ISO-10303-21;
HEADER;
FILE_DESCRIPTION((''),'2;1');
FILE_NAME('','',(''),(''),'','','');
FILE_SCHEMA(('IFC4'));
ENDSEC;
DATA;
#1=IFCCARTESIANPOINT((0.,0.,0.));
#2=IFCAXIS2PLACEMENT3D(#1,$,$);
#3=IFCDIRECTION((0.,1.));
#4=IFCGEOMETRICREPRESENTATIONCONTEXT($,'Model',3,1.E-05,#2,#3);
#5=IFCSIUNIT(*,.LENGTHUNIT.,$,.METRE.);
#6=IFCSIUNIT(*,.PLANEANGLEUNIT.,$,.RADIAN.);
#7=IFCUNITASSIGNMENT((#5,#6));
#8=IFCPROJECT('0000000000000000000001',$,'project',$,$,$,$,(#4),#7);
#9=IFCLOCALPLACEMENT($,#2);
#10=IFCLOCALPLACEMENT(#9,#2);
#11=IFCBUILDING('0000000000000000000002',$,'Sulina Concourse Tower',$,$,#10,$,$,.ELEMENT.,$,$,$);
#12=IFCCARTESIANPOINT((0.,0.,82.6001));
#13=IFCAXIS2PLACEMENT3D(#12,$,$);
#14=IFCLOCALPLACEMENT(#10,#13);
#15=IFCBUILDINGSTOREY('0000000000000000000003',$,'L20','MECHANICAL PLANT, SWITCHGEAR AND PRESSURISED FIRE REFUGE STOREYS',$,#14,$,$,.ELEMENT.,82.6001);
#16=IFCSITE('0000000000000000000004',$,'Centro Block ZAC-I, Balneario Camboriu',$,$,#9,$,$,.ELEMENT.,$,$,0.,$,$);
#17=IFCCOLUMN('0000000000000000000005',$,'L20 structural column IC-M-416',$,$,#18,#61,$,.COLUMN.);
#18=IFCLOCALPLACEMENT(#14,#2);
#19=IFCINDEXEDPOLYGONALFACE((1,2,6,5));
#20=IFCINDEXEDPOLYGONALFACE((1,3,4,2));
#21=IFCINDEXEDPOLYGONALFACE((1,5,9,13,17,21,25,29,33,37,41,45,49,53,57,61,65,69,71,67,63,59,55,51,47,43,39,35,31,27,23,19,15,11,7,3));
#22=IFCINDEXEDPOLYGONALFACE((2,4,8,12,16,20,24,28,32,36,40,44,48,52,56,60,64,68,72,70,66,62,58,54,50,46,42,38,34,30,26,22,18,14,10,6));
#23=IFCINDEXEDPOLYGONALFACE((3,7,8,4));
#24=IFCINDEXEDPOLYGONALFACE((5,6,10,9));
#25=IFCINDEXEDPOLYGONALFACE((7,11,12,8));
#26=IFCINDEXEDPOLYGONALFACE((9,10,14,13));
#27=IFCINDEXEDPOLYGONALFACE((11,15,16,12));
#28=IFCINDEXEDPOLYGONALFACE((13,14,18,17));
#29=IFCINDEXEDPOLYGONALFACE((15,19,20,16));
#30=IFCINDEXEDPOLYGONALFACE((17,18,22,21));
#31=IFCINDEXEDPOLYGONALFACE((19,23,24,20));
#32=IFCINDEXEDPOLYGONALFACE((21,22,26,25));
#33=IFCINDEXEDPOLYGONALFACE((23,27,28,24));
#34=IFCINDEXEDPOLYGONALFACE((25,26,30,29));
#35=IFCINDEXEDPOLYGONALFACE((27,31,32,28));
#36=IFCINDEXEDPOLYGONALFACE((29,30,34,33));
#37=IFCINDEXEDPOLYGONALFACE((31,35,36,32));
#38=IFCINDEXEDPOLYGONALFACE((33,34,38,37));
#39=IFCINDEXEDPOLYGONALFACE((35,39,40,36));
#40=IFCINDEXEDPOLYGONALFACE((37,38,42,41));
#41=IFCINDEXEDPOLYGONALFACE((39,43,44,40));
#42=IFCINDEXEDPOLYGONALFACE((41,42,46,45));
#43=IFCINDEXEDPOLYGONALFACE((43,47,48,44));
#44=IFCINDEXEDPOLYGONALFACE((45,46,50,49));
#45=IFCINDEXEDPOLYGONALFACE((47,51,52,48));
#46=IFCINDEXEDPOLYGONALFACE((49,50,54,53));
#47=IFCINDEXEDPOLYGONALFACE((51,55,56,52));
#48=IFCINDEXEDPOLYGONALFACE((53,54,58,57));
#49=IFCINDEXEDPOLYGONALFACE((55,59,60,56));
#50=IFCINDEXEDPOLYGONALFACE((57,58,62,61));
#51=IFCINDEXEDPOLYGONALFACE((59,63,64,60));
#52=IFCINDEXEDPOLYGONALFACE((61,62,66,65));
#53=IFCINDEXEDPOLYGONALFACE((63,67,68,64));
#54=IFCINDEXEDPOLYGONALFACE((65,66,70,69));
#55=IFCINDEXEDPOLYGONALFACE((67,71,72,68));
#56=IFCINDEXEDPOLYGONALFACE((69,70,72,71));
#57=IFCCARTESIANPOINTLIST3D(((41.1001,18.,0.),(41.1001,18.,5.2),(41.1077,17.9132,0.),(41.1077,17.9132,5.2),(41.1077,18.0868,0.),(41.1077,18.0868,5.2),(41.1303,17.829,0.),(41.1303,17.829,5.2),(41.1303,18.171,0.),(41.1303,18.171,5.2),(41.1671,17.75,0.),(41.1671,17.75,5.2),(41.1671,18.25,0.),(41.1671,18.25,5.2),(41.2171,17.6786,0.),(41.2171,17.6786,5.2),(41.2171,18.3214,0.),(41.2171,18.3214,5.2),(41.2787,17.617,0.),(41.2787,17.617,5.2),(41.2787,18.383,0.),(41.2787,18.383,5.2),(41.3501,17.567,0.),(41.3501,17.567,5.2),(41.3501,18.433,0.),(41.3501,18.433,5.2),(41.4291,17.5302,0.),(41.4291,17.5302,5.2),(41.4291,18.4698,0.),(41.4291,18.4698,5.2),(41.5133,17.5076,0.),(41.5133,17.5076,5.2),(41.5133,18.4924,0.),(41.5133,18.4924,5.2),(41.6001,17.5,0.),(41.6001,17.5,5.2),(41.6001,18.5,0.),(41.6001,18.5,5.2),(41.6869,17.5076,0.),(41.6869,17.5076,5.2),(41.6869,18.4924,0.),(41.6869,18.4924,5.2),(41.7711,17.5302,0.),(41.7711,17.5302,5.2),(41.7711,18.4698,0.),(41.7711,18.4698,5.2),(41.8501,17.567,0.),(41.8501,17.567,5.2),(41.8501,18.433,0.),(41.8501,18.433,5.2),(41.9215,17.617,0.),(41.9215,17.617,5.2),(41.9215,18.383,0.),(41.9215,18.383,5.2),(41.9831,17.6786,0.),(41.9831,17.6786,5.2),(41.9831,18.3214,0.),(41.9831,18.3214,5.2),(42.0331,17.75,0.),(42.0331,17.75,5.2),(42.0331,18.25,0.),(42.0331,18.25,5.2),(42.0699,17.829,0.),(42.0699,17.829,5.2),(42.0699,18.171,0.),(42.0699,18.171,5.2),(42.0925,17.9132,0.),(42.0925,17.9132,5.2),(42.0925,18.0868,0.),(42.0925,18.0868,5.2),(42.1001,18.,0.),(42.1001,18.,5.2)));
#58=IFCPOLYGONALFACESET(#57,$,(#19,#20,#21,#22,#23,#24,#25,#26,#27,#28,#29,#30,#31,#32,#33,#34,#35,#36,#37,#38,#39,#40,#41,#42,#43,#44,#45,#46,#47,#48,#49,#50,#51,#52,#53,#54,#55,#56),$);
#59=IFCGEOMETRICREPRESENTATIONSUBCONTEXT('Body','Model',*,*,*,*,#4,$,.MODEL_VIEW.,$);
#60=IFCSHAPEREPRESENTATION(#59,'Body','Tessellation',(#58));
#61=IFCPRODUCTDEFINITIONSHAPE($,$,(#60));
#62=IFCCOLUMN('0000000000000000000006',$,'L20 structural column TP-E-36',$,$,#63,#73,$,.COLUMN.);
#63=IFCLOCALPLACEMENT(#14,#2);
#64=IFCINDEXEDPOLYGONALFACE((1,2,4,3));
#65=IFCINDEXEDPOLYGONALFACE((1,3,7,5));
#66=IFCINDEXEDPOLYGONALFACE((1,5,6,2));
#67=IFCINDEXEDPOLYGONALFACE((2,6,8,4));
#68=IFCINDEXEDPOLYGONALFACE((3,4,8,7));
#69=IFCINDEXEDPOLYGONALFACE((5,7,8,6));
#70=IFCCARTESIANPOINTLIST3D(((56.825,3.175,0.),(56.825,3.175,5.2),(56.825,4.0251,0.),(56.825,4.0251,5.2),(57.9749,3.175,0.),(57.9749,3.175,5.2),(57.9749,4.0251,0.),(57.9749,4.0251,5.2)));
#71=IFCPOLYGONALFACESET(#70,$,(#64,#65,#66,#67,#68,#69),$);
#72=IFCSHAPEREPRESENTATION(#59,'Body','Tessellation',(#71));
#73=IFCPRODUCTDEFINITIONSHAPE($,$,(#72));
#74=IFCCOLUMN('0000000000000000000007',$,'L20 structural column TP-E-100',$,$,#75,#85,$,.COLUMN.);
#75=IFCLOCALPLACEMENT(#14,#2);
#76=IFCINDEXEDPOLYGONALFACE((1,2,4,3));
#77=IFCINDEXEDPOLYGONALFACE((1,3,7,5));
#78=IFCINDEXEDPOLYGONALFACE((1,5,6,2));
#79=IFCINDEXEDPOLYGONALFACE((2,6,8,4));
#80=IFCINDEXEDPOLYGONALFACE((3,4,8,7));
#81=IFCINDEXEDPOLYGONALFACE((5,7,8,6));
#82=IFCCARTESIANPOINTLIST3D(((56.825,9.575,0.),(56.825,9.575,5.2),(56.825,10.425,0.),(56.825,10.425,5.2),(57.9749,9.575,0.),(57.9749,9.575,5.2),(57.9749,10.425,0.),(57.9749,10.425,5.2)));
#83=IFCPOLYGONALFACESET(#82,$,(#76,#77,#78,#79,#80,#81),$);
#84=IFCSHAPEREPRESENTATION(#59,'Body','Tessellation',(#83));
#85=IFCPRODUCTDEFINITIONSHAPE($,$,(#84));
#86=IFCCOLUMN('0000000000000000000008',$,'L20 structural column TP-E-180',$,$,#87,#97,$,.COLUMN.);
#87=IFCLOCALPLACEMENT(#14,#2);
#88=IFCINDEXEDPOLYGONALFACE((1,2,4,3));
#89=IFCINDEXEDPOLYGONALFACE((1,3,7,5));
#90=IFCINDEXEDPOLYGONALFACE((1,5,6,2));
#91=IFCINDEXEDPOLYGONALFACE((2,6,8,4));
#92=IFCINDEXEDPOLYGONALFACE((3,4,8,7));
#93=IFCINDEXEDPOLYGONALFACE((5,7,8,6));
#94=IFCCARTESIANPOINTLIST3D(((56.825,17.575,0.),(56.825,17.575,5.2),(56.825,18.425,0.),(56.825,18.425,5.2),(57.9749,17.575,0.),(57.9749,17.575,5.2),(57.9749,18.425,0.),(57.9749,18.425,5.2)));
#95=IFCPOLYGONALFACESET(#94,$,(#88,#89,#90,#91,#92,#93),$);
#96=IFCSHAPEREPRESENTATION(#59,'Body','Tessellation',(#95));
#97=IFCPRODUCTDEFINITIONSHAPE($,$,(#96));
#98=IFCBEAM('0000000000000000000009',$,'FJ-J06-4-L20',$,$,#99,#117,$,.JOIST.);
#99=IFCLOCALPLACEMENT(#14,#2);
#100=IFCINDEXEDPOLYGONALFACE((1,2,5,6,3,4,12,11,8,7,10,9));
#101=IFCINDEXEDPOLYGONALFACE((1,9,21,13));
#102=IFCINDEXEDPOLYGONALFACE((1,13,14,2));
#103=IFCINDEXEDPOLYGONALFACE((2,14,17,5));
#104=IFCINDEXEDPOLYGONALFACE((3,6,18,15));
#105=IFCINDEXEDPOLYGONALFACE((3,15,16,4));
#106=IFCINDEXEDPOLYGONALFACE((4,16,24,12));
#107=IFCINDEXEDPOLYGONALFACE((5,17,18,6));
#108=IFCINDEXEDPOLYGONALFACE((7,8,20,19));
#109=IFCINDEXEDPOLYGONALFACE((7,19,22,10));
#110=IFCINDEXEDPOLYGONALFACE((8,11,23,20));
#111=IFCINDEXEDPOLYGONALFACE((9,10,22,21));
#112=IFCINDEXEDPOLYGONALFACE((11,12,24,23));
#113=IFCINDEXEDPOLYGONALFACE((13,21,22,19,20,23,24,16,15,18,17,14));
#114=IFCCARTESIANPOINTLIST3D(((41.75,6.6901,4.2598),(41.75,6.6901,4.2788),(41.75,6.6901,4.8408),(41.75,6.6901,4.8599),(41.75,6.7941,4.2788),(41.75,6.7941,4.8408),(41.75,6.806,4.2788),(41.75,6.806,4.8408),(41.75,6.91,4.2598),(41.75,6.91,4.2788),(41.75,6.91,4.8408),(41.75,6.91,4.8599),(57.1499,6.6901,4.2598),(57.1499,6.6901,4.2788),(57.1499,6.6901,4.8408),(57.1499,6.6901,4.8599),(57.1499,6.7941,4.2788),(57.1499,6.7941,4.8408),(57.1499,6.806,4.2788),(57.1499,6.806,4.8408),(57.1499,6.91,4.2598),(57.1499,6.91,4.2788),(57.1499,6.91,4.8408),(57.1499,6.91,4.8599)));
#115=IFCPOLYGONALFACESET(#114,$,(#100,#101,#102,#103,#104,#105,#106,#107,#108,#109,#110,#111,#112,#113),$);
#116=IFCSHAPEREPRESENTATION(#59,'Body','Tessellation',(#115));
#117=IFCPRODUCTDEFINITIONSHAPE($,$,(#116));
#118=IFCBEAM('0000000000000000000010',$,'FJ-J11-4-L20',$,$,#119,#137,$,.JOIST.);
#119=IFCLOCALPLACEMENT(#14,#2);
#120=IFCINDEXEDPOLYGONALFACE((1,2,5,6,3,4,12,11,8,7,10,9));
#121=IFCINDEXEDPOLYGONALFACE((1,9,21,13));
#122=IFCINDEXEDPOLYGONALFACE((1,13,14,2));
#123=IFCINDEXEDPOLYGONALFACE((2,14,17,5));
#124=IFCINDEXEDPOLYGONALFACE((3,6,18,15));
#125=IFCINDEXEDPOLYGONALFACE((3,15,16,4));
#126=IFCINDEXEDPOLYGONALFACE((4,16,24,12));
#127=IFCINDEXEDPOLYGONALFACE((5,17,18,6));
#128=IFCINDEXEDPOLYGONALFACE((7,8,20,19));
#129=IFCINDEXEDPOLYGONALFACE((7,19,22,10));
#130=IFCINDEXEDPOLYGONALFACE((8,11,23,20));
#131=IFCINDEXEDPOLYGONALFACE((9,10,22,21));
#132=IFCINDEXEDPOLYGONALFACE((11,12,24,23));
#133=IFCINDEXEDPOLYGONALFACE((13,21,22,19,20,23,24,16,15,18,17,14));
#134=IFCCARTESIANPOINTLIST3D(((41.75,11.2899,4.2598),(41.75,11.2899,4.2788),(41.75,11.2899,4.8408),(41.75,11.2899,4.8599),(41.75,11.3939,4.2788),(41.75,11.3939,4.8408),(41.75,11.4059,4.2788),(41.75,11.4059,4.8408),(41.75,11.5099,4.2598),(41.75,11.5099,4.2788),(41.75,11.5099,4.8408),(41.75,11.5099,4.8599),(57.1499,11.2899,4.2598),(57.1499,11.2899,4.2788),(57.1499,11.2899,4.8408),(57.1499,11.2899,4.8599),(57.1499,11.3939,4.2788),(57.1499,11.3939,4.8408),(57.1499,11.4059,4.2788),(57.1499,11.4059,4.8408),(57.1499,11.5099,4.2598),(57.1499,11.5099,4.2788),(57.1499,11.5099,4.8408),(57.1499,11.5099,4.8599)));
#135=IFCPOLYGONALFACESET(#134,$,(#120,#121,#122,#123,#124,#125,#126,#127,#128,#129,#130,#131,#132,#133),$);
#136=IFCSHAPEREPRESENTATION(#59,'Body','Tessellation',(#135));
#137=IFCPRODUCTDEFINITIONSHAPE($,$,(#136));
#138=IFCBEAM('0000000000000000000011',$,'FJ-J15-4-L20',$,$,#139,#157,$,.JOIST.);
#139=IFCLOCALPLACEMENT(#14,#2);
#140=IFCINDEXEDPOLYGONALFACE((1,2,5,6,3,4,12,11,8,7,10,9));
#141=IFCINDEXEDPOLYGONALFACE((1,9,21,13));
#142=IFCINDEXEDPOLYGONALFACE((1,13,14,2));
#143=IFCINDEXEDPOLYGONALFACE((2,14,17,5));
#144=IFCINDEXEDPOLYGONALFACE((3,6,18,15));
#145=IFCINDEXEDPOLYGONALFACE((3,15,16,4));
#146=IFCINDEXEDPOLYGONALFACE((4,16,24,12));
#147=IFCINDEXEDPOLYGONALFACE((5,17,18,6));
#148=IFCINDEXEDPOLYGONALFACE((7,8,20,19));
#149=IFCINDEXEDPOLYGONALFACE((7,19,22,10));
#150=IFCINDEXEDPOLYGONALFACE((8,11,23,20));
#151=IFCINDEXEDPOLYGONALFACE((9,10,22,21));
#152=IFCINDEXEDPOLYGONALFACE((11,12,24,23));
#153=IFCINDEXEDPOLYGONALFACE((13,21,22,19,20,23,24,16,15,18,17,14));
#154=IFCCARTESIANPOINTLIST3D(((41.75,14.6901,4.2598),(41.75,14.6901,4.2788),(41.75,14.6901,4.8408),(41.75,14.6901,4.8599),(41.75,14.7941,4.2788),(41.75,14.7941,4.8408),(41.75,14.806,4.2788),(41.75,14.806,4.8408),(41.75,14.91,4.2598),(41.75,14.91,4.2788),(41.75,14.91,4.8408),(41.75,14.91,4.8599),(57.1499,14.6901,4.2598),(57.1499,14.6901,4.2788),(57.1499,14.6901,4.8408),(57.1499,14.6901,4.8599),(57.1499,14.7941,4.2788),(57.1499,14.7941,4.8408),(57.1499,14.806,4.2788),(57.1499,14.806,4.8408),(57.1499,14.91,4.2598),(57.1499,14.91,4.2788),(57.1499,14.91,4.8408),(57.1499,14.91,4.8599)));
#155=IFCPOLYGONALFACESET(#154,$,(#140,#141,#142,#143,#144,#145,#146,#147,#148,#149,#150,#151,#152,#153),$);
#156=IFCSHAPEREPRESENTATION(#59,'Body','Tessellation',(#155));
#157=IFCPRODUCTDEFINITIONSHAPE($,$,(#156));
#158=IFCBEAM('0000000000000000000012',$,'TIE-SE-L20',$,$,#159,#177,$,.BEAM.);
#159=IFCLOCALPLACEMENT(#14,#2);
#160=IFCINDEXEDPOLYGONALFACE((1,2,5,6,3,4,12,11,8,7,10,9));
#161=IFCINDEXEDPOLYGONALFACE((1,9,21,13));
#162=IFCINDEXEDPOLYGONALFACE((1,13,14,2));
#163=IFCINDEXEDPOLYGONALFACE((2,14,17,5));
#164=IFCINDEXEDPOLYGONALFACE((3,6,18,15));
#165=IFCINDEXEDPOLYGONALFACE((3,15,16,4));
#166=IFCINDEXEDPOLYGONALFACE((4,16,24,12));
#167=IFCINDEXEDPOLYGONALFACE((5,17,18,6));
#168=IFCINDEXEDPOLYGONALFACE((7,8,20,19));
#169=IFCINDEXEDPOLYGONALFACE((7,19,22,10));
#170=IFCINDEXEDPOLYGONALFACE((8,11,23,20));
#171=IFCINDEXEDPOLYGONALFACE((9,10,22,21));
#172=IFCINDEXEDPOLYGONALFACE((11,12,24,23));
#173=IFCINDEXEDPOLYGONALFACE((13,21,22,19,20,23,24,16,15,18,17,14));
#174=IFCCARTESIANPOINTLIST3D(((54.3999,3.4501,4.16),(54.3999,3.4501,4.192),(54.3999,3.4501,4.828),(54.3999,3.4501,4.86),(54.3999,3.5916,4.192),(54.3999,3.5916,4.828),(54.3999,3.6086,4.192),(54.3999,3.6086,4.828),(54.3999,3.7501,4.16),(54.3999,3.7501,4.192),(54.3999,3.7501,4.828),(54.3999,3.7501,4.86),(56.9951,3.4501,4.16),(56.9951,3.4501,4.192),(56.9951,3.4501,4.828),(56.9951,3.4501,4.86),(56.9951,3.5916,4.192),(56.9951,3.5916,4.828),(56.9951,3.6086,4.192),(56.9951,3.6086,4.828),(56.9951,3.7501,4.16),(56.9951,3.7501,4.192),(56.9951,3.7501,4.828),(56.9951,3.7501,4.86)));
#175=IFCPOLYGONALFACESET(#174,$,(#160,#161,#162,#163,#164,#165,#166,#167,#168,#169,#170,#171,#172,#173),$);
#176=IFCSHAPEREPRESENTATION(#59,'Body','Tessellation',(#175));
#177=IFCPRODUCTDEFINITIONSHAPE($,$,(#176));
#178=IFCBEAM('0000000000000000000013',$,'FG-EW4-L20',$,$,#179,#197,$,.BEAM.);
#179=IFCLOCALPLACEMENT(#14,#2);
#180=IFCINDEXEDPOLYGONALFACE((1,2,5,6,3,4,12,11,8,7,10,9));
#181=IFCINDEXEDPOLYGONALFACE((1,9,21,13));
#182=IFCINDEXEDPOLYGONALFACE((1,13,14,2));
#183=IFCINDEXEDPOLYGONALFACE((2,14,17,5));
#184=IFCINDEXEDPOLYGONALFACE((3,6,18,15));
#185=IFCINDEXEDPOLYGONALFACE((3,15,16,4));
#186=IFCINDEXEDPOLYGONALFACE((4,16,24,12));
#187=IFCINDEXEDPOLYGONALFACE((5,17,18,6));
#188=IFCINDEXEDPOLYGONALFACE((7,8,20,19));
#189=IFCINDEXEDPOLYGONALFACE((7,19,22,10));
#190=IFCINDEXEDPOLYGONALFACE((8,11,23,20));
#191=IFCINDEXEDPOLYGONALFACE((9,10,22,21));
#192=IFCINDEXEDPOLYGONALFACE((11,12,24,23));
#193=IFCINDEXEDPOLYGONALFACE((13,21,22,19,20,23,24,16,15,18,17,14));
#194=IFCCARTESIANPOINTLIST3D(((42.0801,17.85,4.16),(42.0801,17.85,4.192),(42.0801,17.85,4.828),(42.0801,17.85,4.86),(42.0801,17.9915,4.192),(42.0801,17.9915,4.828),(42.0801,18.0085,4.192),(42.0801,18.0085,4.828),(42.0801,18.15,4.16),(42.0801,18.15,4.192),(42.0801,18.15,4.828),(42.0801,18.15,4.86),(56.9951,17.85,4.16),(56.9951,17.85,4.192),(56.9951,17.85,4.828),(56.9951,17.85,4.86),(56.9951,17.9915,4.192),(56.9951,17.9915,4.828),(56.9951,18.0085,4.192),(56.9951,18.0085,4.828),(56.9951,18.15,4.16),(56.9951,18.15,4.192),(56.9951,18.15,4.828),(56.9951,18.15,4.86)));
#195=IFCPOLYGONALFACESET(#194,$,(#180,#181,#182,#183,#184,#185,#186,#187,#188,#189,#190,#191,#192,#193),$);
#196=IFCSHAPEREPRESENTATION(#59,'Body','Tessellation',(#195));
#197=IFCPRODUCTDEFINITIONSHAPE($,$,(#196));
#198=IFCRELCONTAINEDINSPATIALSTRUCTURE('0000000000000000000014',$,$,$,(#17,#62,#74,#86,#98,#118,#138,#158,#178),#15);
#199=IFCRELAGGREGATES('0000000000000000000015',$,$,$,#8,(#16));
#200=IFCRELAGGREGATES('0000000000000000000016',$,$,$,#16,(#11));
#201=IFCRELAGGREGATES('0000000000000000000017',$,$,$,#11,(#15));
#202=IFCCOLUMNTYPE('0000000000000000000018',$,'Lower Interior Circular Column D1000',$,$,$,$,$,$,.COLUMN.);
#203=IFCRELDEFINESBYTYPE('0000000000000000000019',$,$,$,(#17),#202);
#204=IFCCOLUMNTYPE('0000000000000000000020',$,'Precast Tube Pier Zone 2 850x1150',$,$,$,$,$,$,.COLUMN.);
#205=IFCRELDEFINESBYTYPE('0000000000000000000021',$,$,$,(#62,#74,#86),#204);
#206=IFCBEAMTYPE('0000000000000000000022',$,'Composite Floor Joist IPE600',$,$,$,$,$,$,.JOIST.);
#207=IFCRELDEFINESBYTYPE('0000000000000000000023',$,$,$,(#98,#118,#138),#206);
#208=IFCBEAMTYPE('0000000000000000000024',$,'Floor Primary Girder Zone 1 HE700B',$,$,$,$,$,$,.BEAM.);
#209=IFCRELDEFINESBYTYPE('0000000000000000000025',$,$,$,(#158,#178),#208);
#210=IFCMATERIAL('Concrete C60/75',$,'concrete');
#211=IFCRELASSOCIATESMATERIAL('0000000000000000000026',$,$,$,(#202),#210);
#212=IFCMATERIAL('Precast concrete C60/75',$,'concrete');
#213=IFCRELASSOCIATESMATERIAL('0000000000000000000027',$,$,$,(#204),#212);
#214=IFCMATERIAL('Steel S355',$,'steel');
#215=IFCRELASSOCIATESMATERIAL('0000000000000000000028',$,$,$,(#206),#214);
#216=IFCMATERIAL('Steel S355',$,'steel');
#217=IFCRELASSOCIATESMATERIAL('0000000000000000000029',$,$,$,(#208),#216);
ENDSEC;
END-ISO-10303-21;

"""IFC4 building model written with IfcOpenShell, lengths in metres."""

from ifc_helpers import new_model, si_unit, direction, frame, origin, origin_2d, place, context, subcontext, project, spatial, rectangle, circle, i_section, extrude, material, material_profile, profile_set, type_object, element, save


model = new_model("IFC4")

# Units and contexts
model_context = context("Model", 3, precision=1e-05, world=origin(), true_north=direction((0.0, 1.0)))
body_context = subcontext(model_context, "Body", "Model", "MODEL_VIEW")
ifc_project = project(units=[si_unit("LENGTHUNIT", "METRE"), si_unit("PLANEANGLEUNIT", "RADIAN")], contexts=[model_context])

# Site, building, storey
site_placement = place(None, origin())
site = spatial("IfcSite", under=ifc_project, at=site_placement, Name="Centro Block ZAC-I, Balneario Camboriu", CompositionType="ELEMENT", RefElevation=0.0)
building_placement = place(site_placement, origin())
building = spatial("IfcBuilding", under=site, at=building_placement, Name="Sulina Concourse Tower", CompositionType="ELEMENT")
storey_placement = place(building_placement, frame((0.0, 0.0, 82.6001)))
storey = spatial("IfcBuildingStorey", under=building, at=storey_placement, Name="L20", Description="MECHANICAL PLANT, SWITCHGEAR AND PRESSURISED FIRE REFUGE STOREYS", CompositionType="ELEMENT", Elevation=82.6001)

# Columns
ifc_material_1 = material(Name="Concrete C60/75", Category="concrete")
ifc_material_profile_1 = material_profile(ifc_material_1, circle(Radius=0.5, at=origin_2d()), Name="RC D1000")
ifc_profile_set_1 = profile_set([ifc_material_profile_1], Name="Concrete C60/75")
column_type_1 = type_object("IfcColumnType", Name="Lower Interior Circular Column D1000", PredefinedType="COLUMN", material=ifc_profile_set_1)
column_placement = place(storey_placement, frame((41.6001, 18.0, 0.0), z_axis=(0.0, 0.0, 1.0), x_axis=(1.0, 0.0, 0.0)))
element("IfcColumn", 1, at=column_placement, inside=storey, type_object=column_type_1, Name="L20 structural column IC-M-416", PredefinedType="COLUMN", context=body_context, shape_type="SweptSolid", body=[
    extrude(circle(Radius=0.5, at=origin_2d()), origin(), (0.0, 0.0, 1.0), 5.2),
])
ifc_material_2 = material(Name="Precast concrete C60/75", Category="concrete")
ifc_material_profile_2 = material_profile(ifc_material_2, rectangle(XDim=0.8501, YDim=1.1499, at=origin_2d()), Name="PC 850x1150")
ifc_profile_set_2 = profile_set([ifc_material_profile_2], Name="Precast concrete C60/75")
column_type_2 = type_object("IfcColumnType", Name="Precast Tube Pier Zone 2 850x1150", PredefinedType="COLUMN", material=ifc_profile_set_2)
for number, where, z_axis, x_axis, name in (
    (2, (57.3999, 3.6001, 0.0), (0.0, 0.0, 1.0), (0.0, 1.0, 0.0), "L20 structural column TP-E-36"),
    (3, (57.3999, 10.0, 0.0), (0.0, 0.0, 1.0), (0.0, 1.0, 0.0), "L20 structural column TP-E-100"),
    (4, (57.3999, 18.0, 0.0), (0.0, 0.0, 1.0), (0.0, 1.0, 0.0), "L20 structural column TP-E-180"),
):
    element("IfcColumn", number, at=place(storey_placement, frame(where, z_axis=z_axis, x_axis=x_axis)), inside=storey, type_object=column_type_2, Name=name, PredefinedType="COLUMN", context=body_context, shape_type="SweptSolid", body=[
        extrude(rectangle(XDim=0.8501, YDim=1.1499, at=origin_2d()), origin(), (0.0, 0.0, 1.0), 5.2),
    ])

# Beams
ifc_material_3 = material(Name="Steel S355", Category="steel")
ifc_material_profile_3 = material_profile(ifc_material_3, i_section(OverallWidth=0.22, OverallDepth=0.6001, WebThickness=0.012, FlangeThickness=0.019, at=origin_2d()), Name="IPE 600")
ifc_profile_set_3 = profile_set([ifc_material_profile_3], Name="Steel S355")
beam_type_1 = type_object("IfcBeamType", Name="Composite Floor Joist IPE600", PredefinedType="JOIST", material=ifc_profile_set_3)
for number, where, z_axis, x_axis, name in (
    (5, (41.75, 6.8, 4.5598), (1.0, 0.0, 0.0), (0.0, 1.0, 0.0), "FJ-J06-4-L20"),
    (6, (41.75, 11.3999, 4.5598), (1.0, 0.0, 0.0), (0.0, 1.0, 0.0), "FJ-J11-4-L20"),
    (7, (41.75, 14.8, 4.5598), (1.0, 0.0, 0.0), (0.0, 1.0, 0.0), "FJ-J15-4-L20"),
):
    element("IfcBeam", number, at=place(storey_placement, frame(where, z_axis=z_axis, x_axis=x_axis)), inside=storey, type_object=beam_type_1, Name=name, PredefinedType="JOIST", context=body_context, shape_type="SweptSolid", body=[
        extrude(i_section(OverallWidth=0.22, OverallDepth=0.6001, WebThickness=0.012, FlangeThickness=0.019, at=origin_2d()), origin(), (0.0, 0.0, 1.0), 15.3999),
    ])
ifc_material_4 = material(Name="Steel S355", Category="steel")
ifc_material_profile_4 = material_profile(ifc_material_4, i_section(OverallWidth=0.3, OverallDepth=0.7, WebThickness=0.0171, FlangeThickness=0.032, at=origin_2d()), Name="HE 700 B")
ifc_profile_set_4 = profile_set([ifc_material_profile_4], Name="Steel S355")
beam_type_2 = type_object("IfcBeamType", Name="Floor Primary Girder Zone 1 HE700B", PredefinedType="BEAM", material=ifc_profile_set_4)
beam_1_placement = place(storey_placement, frame((54.3999, 3.6001, 4.51), z_axis=(1.0, 0.0, 0.0), x_axis=(0.0, 1.0, 0.0)))
element("IfcBeam", 8, at=beam_1_placement, inside=storey, type_object=beam_type_2, Name="TIE-SE-L20", PredefinedType="BEAM", context=body_context, shape_type="SweptSolid", body=[
    extrude(i_section(OverallWidth=0.3, OverallDepth=0.7, WebThickness=0.0171, FlangeThickness=0.032, at=origin_2d()), origin(), (0.0, 0.0, 1.0), 2.5952),
])
beam_2_placement = place(storey_placement, frame((42.0801, 18.0, 4.51), z_axis=(1.0, 0.0, 0.0), x_axis=(0.0, 1.0, 0.0)))
element("IfcBeam", 9, at=beam_2_placement, inside=storey, type_object=beam_type_2, Name="FG-EW4-L20", PredefinedType="BEAM", context=body_context, shape_type="SweptSolid", body=[
    extrude(i_section(OverallWidth=0.3, OverallDepth=0.7, WebThickness=0.0171, FlangeThickness=0.032, at=origin_2d()), origin(), (0.0, 0.0, 1.0), 14.915),
])

save(model, "model.ifc")
